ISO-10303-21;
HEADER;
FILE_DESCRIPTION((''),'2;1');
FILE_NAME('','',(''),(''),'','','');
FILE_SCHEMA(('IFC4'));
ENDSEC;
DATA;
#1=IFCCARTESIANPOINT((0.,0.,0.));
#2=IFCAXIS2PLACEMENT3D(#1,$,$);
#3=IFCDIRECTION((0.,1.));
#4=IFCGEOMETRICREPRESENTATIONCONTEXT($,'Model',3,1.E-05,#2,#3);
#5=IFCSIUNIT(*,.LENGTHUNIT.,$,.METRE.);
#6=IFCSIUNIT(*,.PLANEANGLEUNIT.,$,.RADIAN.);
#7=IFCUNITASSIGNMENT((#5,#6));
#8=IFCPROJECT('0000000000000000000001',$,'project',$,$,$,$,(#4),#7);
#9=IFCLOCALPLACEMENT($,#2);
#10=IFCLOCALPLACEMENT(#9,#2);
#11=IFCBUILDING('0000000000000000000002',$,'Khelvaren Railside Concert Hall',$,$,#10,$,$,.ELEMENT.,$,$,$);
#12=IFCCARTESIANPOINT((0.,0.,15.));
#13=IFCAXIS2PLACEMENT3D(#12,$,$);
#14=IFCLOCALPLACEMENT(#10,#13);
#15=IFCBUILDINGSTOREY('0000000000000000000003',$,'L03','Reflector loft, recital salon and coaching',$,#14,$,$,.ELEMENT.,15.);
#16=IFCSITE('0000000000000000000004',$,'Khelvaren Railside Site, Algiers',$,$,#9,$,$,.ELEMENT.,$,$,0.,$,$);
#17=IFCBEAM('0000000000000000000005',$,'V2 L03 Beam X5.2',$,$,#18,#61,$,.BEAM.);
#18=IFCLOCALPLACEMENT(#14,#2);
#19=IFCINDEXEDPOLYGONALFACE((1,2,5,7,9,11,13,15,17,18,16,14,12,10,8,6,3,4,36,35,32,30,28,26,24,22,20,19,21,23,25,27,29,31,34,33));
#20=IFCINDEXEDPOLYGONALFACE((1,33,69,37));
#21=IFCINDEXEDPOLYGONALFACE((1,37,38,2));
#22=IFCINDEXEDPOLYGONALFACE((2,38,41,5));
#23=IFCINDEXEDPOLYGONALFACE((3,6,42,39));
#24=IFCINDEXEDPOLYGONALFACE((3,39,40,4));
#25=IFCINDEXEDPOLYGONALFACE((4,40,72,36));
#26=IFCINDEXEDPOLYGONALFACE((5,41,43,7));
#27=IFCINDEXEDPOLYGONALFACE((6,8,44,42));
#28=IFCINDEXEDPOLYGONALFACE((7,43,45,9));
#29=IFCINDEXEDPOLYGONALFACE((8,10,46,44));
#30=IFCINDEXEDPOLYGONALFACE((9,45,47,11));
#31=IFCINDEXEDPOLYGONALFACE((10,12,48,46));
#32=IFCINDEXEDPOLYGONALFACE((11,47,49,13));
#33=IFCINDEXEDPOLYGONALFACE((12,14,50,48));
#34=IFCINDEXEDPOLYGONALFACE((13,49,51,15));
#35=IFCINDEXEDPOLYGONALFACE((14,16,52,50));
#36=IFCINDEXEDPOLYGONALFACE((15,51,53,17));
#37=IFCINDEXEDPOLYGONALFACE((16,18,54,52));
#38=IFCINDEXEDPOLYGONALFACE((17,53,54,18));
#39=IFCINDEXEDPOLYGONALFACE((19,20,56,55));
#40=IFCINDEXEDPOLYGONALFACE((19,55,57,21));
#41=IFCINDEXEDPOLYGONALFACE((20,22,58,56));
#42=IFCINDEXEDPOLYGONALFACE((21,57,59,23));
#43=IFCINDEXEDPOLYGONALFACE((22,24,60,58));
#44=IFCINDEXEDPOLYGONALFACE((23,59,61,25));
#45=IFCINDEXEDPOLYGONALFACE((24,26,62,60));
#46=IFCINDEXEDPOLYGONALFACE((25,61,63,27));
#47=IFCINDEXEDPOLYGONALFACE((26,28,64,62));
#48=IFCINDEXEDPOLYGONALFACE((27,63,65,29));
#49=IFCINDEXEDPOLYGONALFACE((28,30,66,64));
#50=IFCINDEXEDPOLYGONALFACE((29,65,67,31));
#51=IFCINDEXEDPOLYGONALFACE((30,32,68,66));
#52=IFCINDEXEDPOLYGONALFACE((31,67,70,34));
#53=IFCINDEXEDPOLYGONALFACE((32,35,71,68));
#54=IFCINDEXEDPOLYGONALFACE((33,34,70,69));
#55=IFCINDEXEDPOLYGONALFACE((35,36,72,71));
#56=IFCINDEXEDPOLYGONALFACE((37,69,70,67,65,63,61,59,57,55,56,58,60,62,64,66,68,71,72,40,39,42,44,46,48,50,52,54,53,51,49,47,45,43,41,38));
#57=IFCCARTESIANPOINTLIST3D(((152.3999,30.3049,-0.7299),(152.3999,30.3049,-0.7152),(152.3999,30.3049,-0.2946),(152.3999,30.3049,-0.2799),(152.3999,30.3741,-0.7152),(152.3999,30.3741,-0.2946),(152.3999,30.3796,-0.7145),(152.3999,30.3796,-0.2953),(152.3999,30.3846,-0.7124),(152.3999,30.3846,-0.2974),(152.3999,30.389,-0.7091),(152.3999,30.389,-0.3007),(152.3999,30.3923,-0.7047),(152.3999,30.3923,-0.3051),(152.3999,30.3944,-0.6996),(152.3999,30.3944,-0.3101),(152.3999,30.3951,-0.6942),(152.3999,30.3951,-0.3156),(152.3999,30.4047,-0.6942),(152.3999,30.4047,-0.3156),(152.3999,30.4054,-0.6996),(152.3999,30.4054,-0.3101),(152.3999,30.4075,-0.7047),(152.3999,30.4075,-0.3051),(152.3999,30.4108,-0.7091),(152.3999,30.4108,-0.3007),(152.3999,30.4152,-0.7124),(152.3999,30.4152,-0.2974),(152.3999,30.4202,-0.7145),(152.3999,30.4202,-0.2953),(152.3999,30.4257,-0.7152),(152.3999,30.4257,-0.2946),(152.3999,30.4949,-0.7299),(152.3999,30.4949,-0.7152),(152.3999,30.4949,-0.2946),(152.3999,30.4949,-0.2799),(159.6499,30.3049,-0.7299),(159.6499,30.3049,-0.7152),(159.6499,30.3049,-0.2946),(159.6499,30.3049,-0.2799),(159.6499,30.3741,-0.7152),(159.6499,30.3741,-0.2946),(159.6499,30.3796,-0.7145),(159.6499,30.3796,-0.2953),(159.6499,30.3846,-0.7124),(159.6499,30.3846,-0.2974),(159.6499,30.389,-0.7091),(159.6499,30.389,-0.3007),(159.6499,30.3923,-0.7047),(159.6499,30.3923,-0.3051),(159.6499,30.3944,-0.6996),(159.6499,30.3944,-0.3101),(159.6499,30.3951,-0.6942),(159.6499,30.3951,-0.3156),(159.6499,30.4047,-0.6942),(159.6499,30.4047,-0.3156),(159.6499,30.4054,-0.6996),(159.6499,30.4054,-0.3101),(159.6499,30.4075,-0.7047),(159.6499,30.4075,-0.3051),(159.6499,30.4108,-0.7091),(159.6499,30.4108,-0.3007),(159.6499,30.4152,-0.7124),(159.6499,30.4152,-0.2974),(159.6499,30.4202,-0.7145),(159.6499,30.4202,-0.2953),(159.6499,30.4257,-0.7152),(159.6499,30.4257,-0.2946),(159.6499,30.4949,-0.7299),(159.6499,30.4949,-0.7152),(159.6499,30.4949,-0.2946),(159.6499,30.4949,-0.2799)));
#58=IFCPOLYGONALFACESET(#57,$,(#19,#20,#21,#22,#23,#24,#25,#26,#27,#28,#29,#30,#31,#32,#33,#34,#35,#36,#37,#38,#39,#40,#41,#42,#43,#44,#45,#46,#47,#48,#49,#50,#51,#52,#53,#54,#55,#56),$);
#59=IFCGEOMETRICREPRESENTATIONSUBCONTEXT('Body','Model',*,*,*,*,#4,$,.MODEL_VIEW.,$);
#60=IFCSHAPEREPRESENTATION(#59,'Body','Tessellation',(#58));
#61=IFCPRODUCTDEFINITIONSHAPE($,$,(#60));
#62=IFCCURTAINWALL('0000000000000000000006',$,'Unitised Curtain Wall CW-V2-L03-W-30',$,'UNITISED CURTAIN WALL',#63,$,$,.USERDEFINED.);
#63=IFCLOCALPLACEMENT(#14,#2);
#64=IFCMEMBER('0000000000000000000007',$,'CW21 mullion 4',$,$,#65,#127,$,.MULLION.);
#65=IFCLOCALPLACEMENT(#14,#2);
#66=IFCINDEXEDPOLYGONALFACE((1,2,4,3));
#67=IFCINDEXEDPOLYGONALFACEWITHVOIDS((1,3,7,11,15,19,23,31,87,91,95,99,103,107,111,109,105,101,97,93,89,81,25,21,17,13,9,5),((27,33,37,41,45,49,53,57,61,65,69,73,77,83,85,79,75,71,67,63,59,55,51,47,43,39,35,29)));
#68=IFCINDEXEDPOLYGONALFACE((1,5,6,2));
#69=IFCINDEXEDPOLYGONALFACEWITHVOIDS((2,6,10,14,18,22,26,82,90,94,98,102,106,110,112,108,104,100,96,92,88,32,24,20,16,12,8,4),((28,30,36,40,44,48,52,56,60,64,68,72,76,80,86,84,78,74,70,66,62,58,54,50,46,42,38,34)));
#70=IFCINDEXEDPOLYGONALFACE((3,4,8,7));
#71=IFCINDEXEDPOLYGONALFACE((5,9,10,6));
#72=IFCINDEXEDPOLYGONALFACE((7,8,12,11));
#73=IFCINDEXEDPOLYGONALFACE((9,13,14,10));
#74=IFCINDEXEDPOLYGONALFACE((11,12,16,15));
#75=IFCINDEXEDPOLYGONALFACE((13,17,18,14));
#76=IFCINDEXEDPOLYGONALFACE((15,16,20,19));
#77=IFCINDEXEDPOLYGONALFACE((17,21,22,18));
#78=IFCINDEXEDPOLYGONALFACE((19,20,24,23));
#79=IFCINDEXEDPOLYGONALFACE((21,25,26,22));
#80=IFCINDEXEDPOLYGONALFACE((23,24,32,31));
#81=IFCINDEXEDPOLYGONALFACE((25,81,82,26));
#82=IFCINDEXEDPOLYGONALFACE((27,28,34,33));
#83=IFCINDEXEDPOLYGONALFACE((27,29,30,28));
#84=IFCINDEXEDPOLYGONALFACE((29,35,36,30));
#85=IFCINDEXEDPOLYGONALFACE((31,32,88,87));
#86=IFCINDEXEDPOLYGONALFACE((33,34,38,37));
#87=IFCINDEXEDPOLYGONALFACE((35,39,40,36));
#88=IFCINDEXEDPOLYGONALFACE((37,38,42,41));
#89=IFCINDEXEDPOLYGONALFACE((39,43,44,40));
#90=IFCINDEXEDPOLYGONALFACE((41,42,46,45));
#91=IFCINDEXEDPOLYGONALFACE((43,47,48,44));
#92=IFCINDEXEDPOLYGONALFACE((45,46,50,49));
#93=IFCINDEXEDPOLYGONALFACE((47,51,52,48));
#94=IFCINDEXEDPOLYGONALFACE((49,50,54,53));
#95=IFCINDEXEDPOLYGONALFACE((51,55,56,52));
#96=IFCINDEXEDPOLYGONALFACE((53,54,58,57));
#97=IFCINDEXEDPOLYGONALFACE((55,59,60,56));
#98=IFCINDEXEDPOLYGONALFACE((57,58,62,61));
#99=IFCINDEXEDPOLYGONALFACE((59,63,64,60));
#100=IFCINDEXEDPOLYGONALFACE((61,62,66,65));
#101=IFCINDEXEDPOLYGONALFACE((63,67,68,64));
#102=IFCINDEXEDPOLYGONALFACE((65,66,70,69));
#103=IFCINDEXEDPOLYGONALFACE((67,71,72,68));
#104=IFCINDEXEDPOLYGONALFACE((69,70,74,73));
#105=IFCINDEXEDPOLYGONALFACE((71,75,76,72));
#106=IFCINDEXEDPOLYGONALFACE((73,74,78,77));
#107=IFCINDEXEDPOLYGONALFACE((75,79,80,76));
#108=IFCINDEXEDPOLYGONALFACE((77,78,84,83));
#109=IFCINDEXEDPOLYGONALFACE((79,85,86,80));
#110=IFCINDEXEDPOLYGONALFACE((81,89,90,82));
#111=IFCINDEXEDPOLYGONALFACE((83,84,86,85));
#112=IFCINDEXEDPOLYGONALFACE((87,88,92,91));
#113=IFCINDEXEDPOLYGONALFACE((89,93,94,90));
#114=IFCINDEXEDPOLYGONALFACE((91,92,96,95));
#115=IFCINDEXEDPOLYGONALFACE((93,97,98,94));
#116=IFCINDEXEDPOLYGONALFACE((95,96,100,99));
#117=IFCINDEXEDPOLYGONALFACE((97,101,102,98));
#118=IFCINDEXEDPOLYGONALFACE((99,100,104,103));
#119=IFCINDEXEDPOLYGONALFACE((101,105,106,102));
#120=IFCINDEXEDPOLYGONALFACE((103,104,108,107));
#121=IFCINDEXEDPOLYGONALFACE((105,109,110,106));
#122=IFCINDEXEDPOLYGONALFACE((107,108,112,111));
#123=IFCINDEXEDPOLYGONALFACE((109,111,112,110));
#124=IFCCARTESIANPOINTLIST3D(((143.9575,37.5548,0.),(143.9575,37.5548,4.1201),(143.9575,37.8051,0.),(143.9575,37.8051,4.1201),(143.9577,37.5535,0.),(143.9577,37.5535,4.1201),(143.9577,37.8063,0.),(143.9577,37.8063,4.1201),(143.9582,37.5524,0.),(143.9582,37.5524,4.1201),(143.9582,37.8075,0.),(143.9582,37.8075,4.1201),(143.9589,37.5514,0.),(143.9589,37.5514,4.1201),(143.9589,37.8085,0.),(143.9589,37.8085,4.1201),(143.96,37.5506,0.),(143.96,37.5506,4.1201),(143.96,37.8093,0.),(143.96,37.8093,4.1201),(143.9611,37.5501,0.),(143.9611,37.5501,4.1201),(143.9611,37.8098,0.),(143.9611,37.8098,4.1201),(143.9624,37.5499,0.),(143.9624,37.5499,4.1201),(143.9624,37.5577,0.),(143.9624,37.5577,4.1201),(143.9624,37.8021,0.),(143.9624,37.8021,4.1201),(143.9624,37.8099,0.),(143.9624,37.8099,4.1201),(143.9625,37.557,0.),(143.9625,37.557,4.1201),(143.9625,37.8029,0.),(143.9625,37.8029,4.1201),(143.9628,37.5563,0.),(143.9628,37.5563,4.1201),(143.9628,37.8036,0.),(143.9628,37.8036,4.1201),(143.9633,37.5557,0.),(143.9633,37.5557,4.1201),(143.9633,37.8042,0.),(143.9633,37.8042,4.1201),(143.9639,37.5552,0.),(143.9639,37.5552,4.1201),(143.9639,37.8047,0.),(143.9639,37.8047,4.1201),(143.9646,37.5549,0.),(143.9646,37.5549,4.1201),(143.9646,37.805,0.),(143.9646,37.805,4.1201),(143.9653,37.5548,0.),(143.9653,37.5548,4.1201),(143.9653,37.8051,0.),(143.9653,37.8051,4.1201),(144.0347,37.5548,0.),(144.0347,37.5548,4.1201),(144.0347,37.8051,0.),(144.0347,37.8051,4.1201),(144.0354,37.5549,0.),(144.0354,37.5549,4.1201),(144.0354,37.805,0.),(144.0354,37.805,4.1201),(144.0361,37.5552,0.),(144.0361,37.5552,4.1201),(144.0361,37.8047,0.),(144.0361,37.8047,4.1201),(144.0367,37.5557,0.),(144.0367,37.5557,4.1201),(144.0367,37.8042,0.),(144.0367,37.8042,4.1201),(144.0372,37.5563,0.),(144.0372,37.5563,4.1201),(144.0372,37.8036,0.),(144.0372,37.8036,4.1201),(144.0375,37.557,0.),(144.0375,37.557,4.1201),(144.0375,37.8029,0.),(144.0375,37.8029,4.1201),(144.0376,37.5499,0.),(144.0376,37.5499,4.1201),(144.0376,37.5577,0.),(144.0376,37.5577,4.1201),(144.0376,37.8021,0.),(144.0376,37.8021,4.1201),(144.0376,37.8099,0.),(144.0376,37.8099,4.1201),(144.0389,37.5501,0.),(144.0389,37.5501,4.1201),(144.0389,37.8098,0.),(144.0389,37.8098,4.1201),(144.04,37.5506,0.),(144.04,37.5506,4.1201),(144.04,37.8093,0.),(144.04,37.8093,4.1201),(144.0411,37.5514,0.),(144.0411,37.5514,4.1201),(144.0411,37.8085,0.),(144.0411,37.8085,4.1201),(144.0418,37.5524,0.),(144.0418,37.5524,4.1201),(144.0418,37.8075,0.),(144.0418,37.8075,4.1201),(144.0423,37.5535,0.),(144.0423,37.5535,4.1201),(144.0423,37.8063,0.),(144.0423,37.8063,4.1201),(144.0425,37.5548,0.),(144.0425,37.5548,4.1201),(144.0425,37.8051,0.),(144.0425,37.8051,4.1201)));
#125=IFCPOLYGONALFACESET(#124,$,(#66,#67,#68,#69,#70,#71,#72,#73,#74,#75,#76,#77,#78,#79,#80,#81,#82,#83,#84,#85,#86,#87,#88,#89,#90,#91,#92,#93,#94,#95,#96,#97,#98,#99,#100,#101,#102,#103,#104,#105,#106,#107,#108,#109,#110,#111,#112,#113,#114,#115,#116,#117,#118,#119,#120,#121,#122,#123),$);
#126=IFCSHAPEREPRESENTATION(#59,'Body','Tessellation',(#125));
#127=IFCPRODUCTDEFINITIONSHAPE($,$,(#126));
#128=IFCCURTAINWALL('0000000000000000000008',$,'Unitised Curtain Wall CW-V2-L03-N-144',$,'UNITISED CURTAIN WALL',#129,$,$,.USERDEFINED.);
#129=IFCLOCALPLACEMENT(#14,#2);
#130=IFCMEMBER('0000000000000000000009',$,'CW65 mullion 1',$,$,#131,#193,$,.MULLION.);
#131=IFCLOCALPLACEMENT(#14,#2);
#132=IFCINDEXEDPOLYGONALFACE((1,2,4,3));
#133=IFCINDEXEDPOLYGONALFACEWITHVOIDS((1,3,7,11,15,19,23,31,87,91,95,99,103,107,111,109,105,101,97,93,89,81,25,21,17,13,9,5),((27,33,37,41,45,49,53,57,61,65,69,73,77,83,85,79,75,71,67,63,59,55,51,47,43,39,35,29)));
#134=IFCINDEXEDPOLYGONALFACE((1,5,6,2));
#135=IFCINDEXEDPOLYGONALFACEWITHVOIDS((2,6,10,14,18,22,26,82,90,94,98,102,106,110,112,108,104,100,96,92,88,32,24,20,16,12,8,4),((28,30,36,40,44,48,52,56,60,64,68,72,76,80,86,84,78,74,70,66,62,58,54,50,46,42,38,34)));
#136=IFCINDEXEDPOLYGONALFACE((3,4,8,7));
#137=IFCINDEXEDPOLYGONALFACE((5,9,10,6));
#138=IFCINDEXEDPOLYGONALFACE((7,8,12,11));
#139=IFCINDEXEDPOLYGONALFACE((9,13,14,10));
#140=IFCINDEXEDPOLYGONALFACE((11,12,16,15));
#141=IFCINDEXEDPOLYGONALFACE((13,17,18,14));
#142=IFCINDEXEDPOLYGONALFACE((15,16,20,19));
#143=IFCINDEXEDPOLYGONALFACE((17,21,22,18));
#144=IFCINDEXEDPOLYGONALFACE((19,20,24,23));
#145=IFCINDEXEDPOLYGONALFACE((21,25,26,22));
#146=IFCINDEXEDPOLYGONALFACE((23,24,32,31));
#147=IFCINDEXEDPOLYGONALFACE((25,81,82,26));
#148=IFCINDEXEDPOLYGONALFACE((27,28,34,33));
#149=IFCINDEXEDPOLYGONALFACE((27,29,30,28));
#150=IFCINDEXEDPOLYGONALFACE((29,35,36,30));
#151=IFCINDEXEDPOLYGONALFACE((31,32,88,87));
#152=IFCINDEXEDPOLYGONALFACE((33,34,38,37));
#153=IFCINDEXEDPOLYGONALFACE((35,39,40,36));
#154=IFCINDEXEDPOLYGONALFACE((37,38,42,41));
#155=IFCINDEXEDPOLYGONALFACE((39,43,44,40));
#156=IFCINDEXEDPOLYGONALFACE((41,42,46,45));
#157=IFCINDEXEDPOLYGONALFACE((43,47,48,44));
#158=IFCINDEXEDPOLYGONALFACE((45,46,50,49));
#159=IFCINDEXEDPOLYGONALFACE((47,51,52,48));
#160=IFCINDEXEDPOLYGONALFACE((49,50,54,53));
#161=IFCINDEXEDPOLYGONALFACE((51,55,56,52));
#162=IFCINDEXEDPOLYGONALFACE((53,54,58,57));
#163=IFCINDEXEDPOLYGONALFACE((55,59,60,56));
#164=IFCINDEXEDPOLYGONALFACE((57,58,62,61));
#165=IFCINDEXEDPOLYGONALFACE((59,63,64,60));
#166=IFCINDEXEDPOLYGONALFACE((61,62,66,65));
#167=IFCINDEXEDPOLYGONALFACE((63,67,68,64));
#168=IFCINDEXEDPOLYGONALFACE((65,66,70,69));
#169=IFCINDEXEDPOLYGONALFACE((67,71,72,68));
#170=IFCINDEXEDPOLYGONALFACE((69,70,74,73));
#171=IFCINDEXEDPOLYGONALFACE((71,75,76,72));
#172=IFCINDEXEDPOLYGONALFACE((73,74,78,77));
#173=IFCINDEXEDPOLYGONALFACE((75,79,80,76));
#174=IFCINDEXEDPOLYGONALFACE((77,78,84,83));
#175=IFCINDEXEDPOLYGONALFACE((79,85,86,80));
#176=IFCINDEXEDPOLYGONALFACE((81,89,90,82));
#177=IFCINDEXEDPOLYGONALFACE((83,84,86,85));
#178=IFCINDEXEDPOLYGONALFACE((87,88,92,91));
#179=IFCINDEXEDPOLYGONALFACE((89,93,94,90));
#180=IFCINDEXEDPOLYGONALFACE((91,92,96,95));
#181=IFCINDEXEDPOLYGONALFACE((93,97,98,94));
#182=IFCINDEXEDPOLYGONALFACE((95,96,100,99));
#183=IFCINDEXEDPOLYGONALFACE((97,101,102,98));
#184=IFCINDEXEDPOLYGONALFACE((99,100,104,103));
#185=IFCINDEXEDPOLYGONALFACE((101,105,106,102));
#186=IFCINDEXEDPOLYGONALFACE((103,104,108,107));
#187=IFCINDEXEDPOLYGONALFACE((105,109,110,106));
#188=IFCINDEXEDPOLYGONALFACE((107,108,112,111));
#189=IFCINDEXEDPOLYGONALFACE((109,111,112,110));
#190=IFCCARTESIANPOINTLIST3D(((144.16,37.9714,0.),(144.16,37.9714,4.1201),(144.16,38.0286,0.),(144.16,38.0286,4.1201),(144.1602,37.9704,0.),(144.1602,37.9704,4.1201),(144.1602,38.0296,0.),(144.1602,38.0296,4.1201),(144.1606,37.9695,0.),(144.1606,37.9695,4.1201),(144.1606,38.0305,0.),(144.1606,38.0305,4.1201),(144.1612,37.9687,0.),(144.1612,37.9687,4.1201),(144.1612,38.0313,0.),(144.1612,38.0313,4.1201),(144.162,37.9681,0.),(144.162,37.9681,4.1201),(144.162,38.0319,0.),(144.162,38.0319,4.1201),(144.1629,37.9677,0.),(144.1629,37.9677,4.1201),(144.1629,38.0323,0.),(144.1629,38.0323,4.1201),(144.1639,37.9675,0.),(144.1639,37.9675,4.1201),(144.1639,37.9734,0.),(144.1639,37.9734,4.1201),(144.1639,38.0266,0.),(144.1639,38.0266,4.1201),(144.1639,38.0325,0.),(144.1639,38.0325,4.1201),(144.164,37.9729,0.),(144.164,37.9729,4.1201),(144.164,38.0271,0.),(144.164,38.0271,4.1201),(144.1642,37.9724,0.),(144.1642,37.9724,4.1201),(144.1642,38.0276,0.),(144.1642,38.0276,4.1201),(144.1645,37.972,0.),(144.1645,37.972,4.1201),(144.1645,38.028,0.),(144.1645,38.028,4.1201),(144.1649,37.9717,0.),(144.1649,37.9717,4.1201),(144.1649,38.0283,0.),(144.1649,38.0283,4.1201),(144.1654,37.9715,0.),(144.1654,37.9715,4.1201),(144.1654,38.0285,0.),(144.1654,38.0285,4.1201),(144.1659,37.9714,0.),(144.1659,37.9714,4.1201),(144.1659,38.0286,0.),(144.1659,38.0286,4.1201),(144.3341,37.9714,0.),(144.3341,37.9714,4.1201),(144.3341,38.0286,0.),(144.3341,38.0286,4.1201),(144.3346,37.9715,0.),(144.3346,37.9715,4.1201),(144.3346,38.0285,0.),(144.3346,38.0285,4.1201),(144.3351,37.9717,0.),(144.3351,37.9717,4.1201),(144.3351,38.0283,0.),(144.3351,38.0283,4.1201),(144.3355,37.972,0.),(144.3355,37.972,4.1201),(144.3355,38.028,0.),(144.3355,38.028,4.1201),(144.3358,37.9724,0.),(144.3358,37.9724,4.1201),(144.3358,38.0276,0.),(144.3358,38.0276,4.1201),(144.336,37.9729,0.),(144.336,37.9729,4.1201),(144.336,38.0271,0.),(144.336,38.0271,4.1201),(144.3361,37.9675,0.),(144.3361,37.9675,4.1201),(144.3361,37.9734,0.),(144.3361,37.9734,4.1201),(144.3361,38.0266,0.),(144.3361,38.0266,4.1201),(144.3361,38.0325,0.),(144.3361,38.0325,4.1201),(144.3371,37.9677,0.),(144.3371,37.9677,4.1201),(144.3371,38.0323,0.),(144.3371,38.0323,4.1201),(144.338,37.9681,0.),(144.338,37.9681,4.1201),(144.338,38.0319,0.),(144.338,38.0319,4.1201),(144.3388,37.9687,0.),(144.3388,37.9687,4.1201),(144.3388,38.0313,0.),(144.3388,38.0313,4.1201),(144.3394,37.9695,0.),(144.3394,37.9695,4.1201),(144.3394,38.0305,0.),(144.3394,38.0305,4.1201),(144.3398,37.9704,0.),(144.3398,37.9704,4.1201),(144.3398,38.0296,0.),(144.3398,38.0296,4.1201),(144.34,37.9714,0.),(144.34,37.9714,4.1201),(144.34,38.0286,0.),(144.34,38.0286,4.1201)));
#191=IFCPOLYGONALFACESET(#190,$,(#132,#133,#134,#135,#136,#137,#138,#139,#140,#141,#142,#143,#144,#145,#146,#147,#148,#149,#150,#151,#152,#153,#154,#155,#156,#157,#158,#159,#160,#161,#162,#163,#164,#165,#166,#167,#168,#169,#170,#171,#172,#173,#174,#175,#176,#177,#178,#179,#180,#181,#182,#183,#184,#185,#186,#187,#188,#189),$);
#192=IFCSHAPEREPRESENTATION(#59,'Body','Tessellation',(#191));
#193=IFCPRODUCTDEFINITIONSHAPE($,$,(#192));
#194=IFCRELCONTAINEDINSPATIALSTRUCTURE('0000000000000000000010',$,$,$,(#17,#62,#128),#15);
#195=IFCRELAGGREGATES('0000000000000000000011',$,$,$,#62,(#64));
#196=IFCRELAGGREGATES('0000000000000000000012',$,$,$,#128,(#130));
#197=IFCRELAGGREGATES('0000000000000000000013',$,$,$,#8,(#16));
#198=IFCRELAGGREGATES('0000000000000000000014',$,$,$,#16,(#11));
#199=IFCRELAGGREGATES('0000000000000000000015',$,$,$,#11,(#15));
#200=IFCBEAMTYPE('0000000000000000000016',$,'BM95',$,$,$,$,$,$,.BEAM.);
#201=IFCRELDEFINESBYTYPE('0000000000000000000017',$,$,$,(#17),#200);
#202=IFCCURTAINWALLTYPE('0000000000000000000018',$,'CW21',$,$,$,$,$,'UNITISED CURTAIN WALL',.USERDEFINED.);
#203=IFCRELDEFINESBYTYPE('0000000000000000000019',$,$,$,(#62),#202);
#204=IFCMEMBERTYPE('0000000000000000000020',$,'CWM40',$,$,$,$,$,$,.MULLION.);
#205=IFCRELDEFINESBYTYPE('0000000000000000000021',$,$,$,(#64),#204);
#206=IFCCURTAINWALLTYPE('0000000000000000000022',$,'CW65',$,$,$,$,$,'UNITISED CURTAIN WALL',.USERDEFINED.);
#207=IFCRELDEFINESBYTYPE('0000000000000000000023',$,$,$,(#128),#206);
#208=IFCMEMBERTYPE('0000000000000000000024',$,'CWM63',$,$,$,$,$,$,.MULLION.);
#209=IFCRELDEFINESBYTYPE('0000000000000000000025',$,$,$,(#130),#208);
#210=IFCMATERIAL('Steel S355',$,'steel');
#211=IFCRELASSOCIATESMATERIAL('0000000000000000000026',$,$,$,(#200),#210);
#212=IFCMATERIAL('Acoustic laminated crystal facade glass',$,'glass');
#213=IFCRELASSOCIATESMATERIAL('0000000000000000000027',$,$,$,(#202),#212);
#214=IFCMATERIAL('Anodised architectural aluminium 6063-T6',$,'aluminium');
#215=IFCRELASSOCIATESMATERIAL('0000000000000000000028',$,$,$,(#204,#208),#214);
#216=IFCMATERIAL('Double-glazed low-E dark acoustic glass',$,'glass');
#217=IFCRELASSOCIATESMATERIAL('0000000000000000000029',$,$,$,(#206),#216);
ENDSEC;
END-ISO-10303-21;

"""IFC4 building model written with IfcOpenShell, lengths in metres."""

from ifc_helpers import new_model, si_unit, direction, frame, origin, origin_2d, place, context, subcontext, project, spatial, hollow_rectangle, i_section, extrude, material, material_profile, profile_set, type_object, element, aggregate, save


model = new_model("IFC4")

# Units and contexts
model_context = context("Model", 3, precision=1e-05, world=origin(), true_north=direction((0.0, 1.0)))
body_context = subcontext(model_context, "Body", "Model", "MODEL_VIEW")
ifc_project = project(units=[si_unit("LENGTHUNIT", "METRE"), si_unit("PLANEANGLEUNIT", "RADIAN")], contexts=[model_context])

# Site, building, storey
site_placement = place(None, origin())
site = spatial("IfcSite", under=ifc_project, at=site_placement, Name="Khelvaren Railside Site, Algiers", CompositionType="ELEMENT", RefElevation=0.0)
building_placement = place(site_placement, origin())
building = spatial("IfcBuilding", under=site, at=building_placement, Name="Khelvaren Railside Concert Hall", CompositionType="ELEMENT")
storey_placement = place(building_placement, frame((0.0, 0.0, 15.0)))
storey = spatial("IfcBuildingStorey", under=building, at=storey_placement, Name="L03", Description="Reflector loft, recital salon and coaching", CompositionType="ELEMENT", Elevation=15.0)

# Shared definitions
ifc_material_1 = material(Name="Steel S355", Category="steel")

# Beam
ifc_material_profile_1 = material_profile(ifc_material_1, i_section(OverallWidth=0.1899, OverallDepth=0.45, WebThickness=0.0095, FlangeThickness=0.0146, FilletRadius=0.021, at=origin_2d()), Name="IPE 450")
ifc_profile_set_1 = profile_set([ifc_material_profile_1], Name="Steel S355")
beam_type_1 = type_object("IfcBeamType", Name="BM95", PredefinedType="BEAM", material=ifc_profile_set_1)
beam_1_placement = place(storey_placement, frame((152.3999, 30.3999, -0.5049), z_axis=(1.0, 0.0, 0.0), x_axis=(0.0, 1.0, 0.0)))
element("IfcBeam", 1, at=beam_1_placement, inside=storey, type_object=beam_type_1, Name="V2 L03 Beam X5.2", PredefinedType="BEAM", context=body_context, shape_type="SweptSolid", body=[
    extrude(i_section(OverallWidth=0.1899, OverallDepth=0.45, WebThickness=0.0095, FlangeThickness=0.0146, FilletRadius=0.021, at=origin_2d()), origin(), (0.0, 0.0, 1.0), 7.25),
])

# Curtain wall, member
ifc_material_2 = material(Name="Acoustic laminated crystal facade glass", Category="glass")
curtain_wall_type_1 = type_object("IfcCurtainWallType", Name="CW21", ElementType="UNITISED CURTAIN WALL", PredefinedType="USERDEFINED", material=ifc_material_2)
curtain_wall_1_placement = place(storey_placement, origin())
curtain_wall_1 = element("IfcCurtainWall", 2, at=curtain_wall_1_placement, inside=storey, type_object=curtain_wall_type_1, Name="Unitised Curtain Wall CW-V2-L03-W-30", ObjectType="UNITISED CURTAIN WALL", PredefinedType="USERDEFINED")
ifc_material_3 = material(Name="Anodised architectural aluminium 6063-T6", Category="aluminium")
ifc_material_profile_2 = material_profile(ifc_material_3, hollow_rectangle(XDim=0.085, YDim=0.26, WallThickness=0.0049, InnerFilletRadius=0.0029, OuterFilletRadius=0.0049, at=origin_2d()), Name="CWM 85x260x5")
ifc_profile_set_2 = profile_set([ifc_material_profile_2], Name="Anodised architectural aluminium 6063-T6")
member_type_1 = type_object("IfcMemberType", Name="CWM40", PredefinedType="MULLION", material=ifc_profile_set_2)
member_1_placement = place(storey_placement, frame((144.0, 37.6799, 0.0), z_axis=(0.0, 0.0, 1.0), x_axis=(-1.0, 0.0, 0.0)))
member_1 = element("IfcMember", 3, at=member_1_placement, type_object=member_type_1, Name="CW21 mullion 4", PredefinedType="MULLION", context=body_context, shape_type="SweptSolid", body=[
    extrude(hollow_rectangle(XDim=0.085, YDim=0.26, WallThickness=0.0049, InnerFilletRadius=0.0029, OuterFilletRadius=0.0049, at=origin_2d()), origin(), (0.0, 0.0, 1.0), 4.1201),
])

# Curtain wall, member
ifc_material_4 = material(Name="Double-glazed low-E dark acoustic glass", Category="glass")
curtain_wall_type_2 = type_object("IfcCurtainWallType", Name="CW65", ElementType="UNITISED CURTAIN WALL", PredefinedType="USERDEFINED", material=ifc_material_4)
curtain_wall_2_placement = place(storey_placement, origin())
curtain_wall_2 = element("IfcCurtainWall", 4, at=curtain_wall_2_placement, inside=storey, type_object=curtain_wall_type_2, Name="Unitised Curtain Wall CW-V2-L03-N-144", ObjectType="UNITISED CURTAIN WALL", PredefinedType="USERDEFINED")
ifc_material_profile_3 = material_profile(ifc_material_3, hollow_rectangle(XDim=0.0649, YDim=0.1799, WallThickness=0.0039, InnerFilletRadius=0.002, OuterFilletRadius=0.0039, at=origin_2d()), Name="CWM 65x180x4")
ifc_profile_set_3 = profile_set([ifc_material_profile_3], Name="Anodised architectural aluminium 6063-T6")
member_type_2 = type_object("IfcMemberType", Name="CWM63", PredefinedType="MULLION", material=ifc_profile_set_3)
member_2_placement = place(storey_placement, frame((144.25, 38.0, 0.0), z_axis=(0.0, 0.0, 1.0), x_axis=(0.0, 1.0, 0.0)))
member_2 = element("IfcMember", 5, at=member_2_placement, type_object=member_type_2, Name="CW65 mullion 1", PredefinedType="MULLION", context=body_context, shape_type="SweptSolid", body=[
    extrude(hollow_rectangle(XDim=0.0649, YDim=0.1799, WallThickness=0.0039, InnerFilletRadius=0.002, OuterFilletRadius=0.0039, at=origin_2d()), origin(), (0.0, 0.0, 1.0), 4.1201),
])

aggregate(curtain_wall_1, [member_1])
aggregate(curtain_wall_2, [member_2])

save(model, "model.ifc")
